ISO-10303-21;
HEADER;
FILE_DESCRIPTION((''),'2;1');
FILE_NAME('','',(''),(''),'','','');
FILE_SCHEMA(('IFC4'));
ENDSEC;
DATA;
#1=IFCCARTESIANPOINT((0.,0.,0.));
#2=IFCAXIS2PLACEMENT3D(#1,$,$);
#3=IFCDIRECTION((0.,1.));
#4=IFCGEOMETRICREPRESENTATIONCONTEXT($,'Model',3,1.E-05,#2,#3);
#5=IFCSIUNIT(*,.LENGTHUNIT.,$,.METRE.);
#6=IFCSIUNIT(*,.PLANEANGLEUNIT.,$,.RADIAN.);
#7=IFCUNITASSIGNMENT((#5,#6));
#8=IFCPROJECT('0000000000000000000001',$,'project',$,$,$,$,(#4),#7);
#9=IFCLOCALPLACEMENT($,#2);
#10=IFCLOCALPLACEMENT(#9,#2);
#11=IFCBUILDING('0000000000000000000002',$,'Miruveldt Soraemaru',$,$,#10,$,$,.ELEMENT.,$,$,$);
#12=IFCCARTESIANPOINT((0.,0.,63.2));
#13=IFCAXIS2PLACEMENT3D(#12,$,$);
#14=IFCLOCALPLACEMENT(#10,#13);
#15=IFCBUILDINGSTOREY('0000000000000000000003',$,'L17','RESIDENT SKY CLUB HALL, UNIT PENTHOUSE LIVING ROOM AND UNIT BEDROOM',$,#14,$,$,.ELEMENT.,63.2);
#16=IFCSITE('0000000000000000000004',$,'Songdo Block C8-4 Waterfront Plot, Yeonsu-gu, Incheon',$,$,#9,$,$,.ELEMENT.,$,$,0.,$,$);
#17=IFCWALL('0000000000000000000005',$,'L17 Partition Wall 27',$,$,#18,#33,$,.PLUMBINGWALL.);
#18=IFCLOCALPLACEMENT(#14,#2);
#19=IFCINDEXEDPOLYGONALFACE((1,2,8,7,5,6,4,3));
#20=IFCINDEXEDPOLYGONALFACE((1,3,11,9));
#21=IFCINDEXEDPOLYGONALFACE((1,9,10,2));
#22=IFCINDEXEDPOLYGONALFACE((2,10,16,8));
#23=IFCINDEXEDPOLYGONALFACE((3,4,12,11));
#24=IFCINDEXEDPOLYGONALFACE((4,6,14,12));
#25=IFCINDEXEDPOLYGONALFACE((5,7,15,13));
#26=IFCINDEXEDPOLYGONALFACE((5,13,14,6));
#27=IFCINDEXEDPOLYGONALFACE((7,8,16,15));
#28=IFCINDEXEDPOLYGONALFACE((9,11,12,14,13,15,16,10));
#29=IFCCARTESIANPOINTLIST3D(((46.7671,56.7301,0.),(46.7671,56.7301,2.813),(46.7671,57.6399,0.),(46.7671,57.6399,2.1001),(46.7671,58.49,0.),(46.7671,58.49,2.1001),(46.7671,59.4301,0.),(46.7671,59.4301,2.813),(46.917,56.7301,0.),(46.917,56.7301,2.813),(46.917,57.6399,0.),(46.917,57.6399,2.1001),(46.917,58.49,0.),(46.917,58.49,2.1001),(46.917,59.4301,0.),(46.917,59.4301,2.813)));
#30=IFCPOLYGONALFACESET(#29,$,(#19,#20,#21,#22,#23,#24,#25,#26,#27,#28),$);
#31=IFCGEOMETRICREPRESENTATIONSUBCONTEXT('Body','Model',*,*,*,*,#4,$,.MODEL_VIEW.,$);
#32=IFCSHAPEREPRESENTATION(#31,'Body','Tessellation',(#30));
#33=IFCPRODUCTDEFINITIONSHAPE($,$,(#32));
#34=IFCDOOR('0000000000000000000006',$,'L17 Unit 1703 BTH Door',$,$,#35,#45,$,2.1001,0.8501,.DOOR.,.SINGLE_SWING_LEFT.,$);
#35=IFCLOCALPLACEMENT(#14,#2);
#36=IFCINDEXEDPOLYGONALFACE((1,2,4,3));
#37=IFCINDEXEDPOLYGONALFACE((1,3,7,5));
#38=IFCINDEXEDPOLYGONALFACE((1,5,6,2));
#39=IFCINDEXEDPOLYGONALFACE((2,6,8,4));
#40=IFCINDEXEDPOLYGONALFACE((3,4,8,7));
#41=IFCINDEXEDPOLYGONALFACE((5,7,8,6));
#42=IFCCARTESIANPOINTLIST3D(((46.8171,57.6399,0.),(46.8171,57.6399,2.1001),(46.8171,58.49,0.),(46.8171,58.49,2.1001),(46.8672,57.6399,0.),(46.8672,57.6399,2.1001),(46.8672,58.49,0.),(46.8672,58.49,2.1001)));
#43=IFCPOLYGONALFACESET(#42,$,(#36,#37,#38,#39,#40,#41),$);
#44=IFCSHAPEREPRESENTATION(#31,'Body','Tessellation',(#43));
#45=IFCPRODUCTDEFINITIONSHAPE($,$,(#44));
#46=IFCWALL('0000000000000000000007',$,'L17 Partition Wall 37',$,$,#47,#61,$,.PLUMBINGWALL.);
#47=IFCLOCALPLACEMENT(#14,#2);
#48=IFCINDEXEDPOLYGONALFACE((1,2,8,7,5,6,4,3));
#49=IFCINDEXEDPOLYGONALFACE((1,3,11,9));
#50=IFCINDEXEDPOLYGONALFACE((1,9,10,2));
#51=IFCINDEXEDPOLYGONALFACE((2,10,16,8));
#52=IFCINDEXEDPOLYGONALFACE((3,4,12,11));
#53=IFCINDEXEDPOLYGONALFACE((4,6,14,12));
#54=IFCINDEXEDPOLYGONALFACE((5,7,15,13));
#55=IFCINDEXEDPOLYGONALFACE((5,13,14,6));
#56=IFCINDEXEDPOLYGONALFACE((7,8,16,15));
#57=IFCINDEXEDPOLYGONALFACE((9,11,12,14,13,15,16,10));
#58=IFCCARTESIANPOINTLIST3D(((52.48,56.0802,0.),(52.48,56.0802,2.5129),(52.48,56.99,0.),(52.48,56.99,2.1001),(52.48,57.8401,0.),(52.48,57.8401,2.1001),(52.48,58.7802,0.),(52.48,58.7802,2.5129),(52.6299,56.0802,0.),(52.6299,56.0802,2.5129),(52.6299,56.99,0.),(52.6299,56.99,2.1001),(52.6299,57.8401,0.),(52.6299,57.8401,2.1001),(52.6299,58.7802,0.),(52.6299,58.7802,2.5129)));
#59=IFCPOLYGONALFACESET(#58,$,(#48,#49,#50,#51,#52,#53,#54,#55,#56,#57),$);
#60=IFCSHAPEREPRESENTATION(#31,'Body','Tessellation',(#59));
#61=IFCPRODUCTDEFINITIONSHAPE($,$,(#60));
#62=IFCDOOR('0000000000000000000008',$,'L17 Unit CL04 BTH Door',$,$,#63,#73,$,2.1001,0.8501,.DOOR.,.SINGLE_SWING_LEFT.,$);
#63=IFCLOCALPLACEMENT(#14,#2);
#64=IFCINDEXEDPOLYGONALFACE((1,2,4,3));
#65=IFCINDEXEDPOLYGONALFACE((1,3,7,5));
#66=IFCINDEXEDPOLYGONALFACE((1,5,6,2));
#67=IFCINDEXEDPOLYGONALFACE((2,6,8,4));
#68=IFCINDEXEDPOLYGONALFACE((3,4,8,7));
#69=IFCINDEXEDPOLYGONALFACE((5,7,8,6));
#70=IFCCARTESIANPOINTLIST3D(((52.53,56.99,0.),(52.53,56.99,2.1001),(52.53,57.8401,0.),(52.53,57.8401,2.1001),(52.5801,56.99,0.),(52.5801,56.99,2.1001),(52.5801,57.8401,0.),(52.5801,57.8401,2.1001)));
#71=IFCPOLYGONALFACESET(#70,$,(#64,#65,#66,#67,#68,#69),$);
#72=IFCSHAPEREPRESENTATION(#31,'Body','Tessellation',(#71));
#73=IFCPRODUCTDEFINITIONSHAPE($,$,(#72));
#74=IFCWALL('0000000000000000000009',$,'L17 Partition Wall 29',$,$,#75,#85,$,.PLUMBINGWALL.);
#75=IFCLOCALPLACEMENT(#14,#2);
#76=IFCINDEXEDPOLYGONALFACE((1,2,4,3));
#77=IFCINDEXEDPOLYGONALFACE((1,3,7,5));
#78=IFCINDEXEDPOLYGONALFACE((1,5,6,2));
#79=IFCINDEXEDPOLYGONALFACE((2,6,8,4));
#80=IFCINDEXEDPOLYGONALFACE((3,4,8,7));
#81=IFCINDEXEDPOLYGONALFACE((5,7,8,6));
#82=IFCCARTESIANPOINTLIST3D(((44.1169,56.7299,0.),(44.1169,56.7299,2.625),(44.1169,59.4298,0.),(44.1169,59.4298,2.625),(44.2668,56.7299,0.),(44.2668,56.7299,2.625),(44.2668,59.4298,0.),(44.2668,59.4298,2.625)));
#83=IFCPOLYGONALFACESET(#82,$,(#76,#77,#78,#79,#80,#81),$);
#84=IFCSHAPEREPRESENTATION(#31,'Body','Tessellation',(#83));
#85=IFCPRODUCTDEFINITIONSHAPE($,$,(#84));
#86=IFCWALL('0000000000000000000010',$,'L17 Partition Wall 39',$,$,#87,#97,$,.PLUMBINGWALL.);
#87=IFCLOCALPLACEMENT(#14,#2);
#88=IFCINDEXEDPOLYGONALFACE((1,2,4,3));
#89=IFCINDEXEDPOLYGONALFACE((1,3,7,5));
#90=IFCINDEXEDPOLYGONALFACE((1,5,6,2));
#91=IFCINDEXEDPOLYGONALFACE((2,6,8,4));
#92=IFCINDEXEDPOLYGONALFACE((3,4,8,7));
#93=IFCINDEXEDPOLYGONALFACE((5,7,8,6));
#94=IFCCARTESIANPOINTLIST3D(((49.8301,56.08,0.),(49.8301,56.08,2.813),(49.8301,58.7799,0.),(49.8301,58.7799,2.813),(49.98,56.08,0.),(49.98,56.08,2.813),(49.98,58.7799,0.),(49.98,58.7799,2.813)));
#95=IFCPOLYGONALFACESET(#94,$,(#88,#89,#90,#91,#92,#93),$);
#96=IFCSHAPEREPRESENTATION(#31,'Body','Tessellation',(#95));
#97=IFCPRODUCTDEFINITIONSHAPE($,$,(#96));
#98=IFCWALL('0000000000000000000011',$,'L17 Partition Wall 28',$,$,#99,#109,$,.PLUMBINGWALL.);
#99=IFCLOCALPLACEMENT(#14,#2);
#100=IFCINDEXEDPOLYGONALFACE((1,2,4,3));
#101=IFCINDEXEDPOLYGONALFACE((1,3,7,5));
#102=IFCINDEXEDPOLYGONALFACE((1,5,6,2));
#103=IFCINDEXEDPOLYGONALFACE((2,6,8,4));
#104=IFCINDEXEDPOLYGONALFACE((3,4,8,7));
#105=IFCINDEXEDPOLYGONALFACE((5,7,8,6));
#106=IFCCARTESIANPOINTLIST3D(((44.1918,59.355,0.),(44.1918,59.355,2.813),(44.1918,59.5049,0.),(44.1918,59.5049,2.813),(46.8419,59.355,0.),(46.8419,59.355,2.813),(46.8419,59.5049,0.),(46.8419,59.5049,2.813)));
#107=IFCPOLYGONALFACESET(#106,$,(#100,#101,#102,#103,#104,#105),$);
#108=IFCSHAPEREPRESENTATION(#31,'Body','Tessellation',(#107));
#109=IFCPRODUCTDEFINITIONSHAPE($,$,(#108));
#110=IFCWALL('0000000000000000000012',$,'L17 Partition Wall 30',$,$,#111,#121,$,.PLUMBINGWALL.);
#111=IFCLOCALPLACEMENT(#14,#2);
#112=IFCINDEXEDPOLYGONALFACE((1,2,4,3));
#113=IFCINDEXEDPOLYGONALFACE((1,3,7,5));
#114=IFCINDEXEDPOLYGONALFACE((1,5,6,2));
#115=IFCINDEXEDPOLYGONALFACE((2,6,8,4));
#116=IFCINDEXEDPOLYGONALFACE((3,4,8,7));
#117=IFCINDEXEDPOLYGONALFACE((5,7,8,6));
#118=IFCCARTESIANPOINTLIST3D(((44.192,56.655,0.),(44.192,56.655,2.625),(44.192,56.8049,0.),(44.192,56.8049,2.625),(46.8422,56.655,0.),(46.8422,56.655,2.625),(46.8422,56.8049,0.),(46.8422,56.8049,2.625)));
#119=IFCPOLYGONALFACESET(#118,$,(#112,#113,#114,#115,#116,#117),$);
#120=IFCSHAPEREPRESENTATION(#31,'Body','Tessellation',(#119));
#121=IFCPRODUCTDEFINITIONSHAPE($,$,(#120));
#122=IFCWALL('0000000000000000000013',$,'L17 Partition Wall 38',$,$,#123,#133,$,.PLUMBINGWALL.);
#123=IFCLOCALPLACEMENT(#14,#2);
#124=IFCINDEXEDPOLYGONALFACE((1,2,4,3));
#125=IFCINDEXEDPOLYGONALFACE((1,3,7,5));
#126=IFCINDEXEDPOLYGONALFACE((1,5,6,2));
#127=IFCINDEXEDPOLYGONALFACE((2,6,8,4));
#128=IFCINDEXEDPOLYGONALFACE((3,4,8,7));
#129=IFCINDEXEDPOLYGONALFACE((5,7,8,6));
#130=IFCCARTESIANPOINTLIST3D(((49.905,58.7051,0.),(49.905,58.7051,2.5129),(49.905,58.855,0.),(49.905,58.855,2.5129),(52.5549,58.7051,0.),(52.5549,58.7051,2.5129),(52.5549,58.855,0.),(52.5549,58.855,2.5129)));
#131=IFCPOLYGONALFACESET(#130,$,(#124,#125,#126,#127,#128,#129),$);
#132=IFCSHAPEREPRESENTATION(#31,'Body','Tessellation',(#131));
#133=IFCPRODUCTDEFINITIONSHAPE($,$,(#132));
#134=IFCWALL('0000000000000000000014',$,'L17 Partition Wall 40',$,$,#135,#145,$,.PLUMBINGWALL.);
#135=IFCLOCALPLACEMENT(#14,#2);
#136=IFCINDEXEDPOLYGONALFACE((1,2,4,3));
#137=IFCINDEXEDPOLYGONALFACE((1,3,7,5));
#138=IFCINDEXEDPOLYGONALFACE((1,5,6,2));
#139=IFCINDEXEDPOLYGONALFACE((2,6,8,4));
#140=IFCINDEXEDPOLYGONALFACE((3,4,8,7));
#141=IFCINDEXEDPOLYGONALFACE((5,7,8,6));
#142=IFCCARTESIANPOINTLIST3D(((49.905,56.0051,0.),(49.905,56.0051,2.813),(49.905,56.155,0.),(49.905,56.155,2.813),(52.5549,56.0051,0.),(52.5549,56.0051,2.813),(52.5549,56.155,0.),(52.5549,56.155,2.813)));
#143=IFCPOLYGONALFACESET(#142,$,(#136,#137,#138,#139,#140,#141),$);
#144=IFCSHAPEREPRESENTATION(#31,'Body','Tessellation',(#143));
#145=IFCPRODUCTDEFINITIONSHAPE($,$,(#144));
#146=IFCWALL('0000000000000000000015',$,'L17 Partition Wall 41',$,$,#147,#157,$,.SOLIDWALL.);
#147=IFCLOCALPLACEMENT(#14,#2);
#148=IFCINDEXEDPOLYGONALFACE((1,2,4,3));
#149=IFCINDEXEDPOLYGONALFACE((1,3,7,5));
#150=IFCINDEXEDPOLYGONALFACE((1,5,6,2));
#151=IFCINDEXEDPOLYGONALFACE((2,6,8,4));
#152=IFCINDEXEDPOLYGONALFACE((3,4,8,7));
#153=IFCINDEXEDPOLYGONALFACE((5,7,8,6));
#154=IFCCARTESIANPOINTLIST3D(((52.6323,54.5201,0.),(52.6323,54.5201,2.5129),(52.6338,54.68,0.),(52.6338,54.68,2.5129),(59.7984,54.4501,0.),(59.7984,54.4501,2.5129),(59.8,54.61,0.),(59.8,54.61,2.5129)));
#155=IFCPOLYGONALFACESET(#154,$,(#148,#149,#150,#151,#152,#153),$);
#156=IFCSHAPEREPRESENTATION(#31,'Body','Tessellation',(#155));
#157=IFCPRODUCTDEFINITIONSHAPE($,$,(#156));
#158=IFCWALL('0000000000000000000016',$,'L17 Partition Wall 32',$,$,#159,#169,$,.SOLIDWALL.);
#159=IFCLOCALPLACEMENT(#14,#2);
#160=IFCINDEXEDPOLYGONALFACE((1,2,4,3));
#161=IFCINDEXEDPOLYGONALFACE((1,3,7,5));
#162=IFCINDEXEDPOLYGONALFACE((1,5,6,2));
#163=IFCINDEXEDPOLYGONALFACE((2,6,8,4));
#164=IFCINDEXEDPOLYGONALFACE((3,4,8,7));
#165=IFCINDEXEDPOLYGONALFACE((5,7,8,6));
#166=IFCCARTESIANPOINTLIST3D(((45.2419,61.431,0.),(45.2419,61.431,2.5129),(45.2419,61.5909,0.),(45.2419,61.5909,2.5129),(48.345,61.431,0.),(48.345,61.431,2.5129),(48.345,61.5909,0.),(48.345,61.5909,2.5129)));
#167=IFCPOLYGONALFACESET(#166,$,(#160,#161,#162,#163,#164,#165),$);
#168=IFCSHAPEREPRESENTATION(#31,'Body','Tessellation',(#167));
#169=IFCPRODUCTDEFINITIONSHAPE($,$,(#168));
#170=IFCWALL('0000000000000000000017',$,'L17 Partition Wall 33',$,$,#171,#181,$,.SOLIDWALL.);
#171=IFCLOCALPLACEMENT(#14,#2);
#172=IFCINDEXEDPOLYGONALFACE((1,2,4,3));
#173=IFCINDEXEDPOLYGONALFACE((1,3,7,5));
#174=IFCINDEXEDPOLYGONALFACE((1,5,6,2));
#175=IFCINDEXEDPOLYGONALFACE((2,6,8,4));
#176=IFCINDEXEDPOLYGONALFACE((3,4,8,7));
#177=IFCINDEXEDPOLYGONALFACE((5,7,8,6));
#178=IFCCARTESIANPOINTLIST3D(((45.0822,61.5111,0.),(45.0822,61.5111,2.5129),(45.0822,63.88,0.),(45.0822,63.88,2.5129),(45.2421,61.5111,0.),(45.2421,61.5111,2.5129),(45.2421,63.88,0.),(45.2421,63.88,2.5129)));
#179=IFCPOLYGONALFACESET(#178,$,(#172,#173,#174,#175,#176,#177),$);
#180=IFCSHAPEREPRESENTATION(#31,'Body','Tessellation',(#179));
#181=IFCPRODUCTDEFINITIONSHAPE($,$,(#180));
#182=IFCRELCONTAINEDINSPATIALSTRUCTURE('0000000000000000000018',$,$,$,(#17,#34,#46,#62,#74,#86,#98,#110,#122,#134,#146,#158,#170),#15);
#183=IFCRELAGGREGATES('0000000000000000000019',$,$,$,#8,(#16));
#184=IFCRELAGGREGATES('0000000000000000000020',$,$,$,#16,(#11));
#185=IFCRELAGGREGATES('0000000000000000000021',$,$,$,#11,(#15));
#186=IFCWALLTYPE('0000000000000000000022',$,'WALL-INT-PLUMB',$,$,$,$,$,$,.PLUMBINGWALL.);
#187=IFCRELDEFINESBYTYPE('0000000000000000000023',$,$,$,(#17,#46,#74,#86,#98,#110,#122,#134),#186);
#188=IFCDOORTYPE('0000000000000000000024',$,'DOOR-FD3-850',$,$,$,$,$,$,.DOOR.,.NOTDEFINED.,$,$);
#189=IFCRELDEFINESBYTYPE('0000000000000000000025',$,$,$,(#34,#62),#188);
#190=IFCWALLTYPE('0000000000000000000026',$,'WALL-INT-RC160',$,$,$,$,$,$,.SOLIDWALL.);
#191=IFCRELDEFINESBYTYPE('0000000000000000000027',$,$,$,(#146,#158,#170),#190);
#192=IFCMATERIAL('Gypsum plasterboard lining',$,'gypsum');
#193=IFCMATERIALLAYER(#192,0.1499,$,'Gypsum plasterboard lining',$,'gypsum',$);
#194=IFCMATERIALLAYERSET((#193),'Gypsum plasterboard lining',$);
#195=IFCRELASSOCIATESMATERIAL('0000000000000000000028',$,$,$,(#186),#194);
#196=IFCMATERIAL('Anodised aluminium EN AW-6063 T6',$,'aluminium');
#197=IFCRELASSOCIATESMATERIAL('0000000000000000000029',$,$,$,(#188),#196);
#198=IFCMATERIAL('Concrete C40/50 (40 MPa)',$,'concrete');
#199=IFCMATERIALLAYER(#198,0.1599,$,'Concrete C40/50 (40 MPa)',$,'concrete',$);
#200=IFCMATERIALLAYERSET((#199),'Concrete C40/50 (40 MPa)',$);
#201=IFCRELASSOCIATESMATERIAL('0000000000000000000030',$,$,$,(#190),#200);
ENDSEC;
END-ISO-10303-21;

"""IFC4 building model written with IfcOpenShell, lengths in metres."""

from ifc_helpers import new_model, si_unit, direction, frame, frame_2d, origin, place, context, subcontext, project, spatial, rectangle, extrude, material, layer, layer_set, type_object, element, fill, save


model = new_model("IFC4")

# Units and contexts
model_context = context("Model", 3, precision=1e-05, world=origin(), true_north=direction((0.0, 1.0)))
body_context = subcontext(model_context, "Body", "Model", "MODEL_VIEW")
ifc_project = project(units=[si_unit("LENGTHUNIT", "METRE"), si_unit("PLANEANGLEUNIT", "RADIAN")], contexts=[model_context])

# Site, building, storey
site_placement = place(None, origin())
site = spatial("IfcSite", under=ifc_project, at=site_placement, Name="Songdo Block C8-4 Waterfront Plot, Yeonsu-gu, Incheon", CompositionType="ELEMENT", RefElevation=0.0)
building_placement = place(site_placement, origin())
building = spatial("IfcBuilding", under=site, at=building_placement, Name="Miruveldt Soraemaru", CompositionType="ELEMENT")
storey_placement = place(building_placement, frame((0.0, 0.0, 63.2)))
storey = spatial("IfcBuildingStorey", under=building, at=storey_placement, Name="L17", Description="RESIDENT SKY CLUB HALL, UNIT PENTHOUSE LIVING ROOM AND UNIT BEDROOM", CompositionType="ELEMENT", Elevation=63.2)

# Walls, openings, doors
ifc_material_1 = material(Name="Gypsum plasterboard lining", Category="gypsum")
ifc_layer_1 = layer(ifc_material_1, 0.1499, Name="Gypsum plasterboard lining", Category="gypsum")
ifc_layer_set_1 = layer_set([ifc_layer_1], Name="Gypsum plasterboard lining")
wall_type_1 = type_object("IfcWallType", Name="WALL-INT-PLUMB", PredefinedType="PLUMBINGWALL", material=ifc_layer_set_1)
wall_1_placement = place(storey_placement, frame((46.842, 56.73, 0.0), z_axis=(0.0, 0.0, 1.0), x_axis=(0.0, 1.0, 0.0)))
wall_1 = element("IfcWall", 1, at=wall_1_placement, inside=storey, type_object=wall_type_1, Name="L17 Partition Wall 27", PredefinedType="PLUMBINGWALL", context=body_context, shape_type="SweptSolid", body=[
    extrude(rectangle(XDim=2.7, YDim=0.1499, at=frame_2d((1.3501, 0.0))), origin(), (0.0, 0.0, 1.0), 2.813),
])
opening_1_placement = place(wall_1_placement, frame((0.9099, 0.0, 0.0)))
opening_1 = element("IfcOpeningElement", 2, at=opening_1_placement, cuts=wall_1, PredefinedType="OPENING", context=body_context, shape_type="SweptSolid", body=[
    extrude(rectangle(XDim=0.8501, YDim=2.1001, at=frame_2d((0.425, 1.05))), frame((0.0, 0.085, 0.0), z_axis=(0.0, -1.0, 0.0), x_axis=(1.0, 0.0, 0.0)), (0.0, 0.0, 1.0), 0.1699),
])
ifc_material_2 = material(Name="Anodised aluminium EN AW-6063 T6", Category="aluminium")
door_type_1 = type_object("IfcDoorType", Name="DOOR-FD3-850", OperationType="NOTDEFINED", PredefinedType="DOOR", material=ifc_material_2)
door_1_placement = place(opening_1_placement, origin())
door_1 = element("IfcDoor", 3, at=door_1_placement, inside=storey, type_object=door_type_1, Name="L17 Unit 1703 BTH Door", OperationType="SINGLE_SWING_LEFT", OverallHeight=2.1001, OverallWidth=0.8501, PredefinedType="DOOR", context=body_context, shape_type="SweptSolid", body=[
    extrude(rectangle(XDim=0.8501, YDim=2.1001, at=frame_2d((0.425, 1.05))), frame((0.0, 0.0249, 0.0), z_axis=(0.0, -1.0, 0.0), x_axis=(1.0, 0.0, 0.0)), (0.0, 0.0, 1.0), 0.05),
])
fill(opening_1, door_1)
wall_2_placement = place(storey_placement, frame((52.5549, 56.0801, 0.0), z_axis=(0.0, 0.0, 1.0), x_axis=(0.0, 1.0, 0.0)))
wall_2 = element("IfcWall", 4, at=wall_2_placement, inside=storey, type_object=wall_type_1, Name="L17 Partition Wall 37", PredefinedType="PLUMBINGWALL", context=body_context, shape_type="SweptSolid", body=[
    extrude(rectangle(XDim=2.7, YDim=0.1499, at=frame_2d((1.3501, 0.0))), origin(), (0.0, 0.0, 1.0), 2.5129),
])
opening_2_placement = place(wall_2_placement, frame((0.9099, 0.0, 0.0)))
opening_2 = element("IfcOpeningElement", 5, at=opening_2_placement, cuts=wall_2, PredefinedType="OPENING", context=body_context, shape_type="SweptSolid", body=[
    extrude(rectangle(XDim=0.8501, YDim=2.1001, at=frame_2d((0.425, 1.05))), frame((0.0, 0.085, 0.0), z_axis=(0.0, -1.0, 0.0), x_axis=(1.0, 0.0, 0.0)), (0.0, 0.0, 1.0), 0.1699),
])
door_2_placement = place(opening_2_placement, origin())
door_2 = element("IfcDoor", 6, at=door_2_placement, inside=storey, type_object=door_type_1, Name="L17 Unit CL04 BTH Door", OperationType="SINGLE_SWING_LEFT", OverallHeight=2.1001, OverallWidth=0.8501, PredefinedType="DOOR", context=body_context, shape_type="SweptSolid", body=[
    extrude(rectangle(XDim=0.8501, YDim=2.1001, at=frame_2d((0.425, 1.05))), frame((0.0, 0.0249, 0.0), z_axis=(0.0, -1.0, 0.0), x_axis=(1.0, 0.0, 0.0)), (0.0, 0.0, 1.0), 0.05),
])
fill(opening_2, door_2)

# Walls
wall_3_placement = place(storey_placement, frame((44.1919, 59.4299, 0.0), z_axis=(0.0, 0.0, 1.0), x_axis=(0.0, -1.0, 0.0)))
element("IfcWall", 7, at=wall_3_placement, inside=storey, type_object=wall_type_1, Name="L17 Partition Wall 29", PredefinedType="PLUMBINGWALL", context=body_context, shape_type="SweptSolid", body=[
    extrude(rectangle(XDim=2.7, YDim=0.1499, at=frame_2d((1.3501, 0.0))), origin(), (0.0, 0.0, 1.0), 2.625),
])
wall_4_placement = place(storey_placement, frame((49.905, 58.78, 0.0), z_axis=(0.0, 0.0, 1.0), x_axis=(0.0, -1.0, 0.0)))
element("IfcWall", 8, at=wall_4_placement, inside=storey, type_object=wall_type_1, Name="L17 Partition Wall 39", PredefinedType="PLUMBINGWALL", context=body_context, shape_type="SweptSolid", body=[
    extrude(rectangle(XDim=2.7, YDim=0.1499, at=frame_2d((1.3501, 0.0))), origin(), (0.0, 0.0, 1.0), 2.813),
])
wall_5_placement = place(storey_placement, frame((46.842, 59.4299, 0.0), z_axis=(0.0, 0.0, 1.0), x_axis=(-1.0, 0.0, 0.0)))
element("IfcWall", 9, at=wall_5_placement, inside=storey, type_object=wall_type_1, Name="L17 Partition Wall 28", PredefinedType="PLUMBINGWALL", context=body_context, shape_type="SweptSolid", body=[
    extrude(rectangle(XDim=2.6501, YDim=0.1499, at=frame_2d((1.3252, 0.0))), origin(), (0.0, 0.0, 1.0), 2.813),
])
wall_6_placement = place(storey_placement, frame((44.1919, 56.73, 0.0), z_axis=(0.0, 0.0, 1.0), x_axis=(1.0, 0.0, 0.0)))
element("IfcWall", 10, at=wall_6_placement, inside=storey, type_object=wall_type_1, Name="L17 Partition Wall 30", PredefinedType="PLUMBINGWALL", context=body_context, shape_type="SweptSolid", body=[
    extrude(rectangle(XDim=2.6501, YDim=0.1499, at=frame_2d((1.3252, 0.0))), origin(), (0.0, 0.0, 1.0), 2.625),
])
wall_7_placement = place(storey_placement, frame((52.5549, 58.78, 0.0), z_axis=(0.0, 0.0, 1.0), x_axis=(-1.0, 0.0, 0.0)))
element("IfcWall", 11, at=wall_7_placement, inside=storey, type_object=wall_type_1, Name="L17 Partition Wall 38", PredefinedType="PLUMBINGWALL", context=body_context, shape_type="SweptSolid", body=[
    extrude(rectangle(XDim=2.6499, YDim=0.1499, at=frame_2d((1.325, 0.0))), origin(), (0.0, 0.0, 1.0), 2.5129),
])
wall_8_placement = place(storey_placement, frame((49.905, 56.0801, 0.0), z_axis=(0.0, 0.0, 1.0), x_axis=(1.0, 0.0, 0.0)))
element("IfcWall", 12, at=wall_8_placement, inside=storey, type_object=wall_type_1, Name="L17 Partition Wall 40", PredefinedType="PLUMBINGWALL", context=body_context, shape_type="SweptSolid", body=[
    extrude(rectangle(XDim=2.6499, YDim=0.1499, at=frame_2d((1.325, 0.0))), origin(), (0.0, 0.0, 1.0), 2.813),
])

# Shared definitions
ifc_material_3 = material(Name="Concrete C40/50 (40 MPa)", Category="concrete")
ifc_layer_2 = layer(ifc_material_3, 0.1599, Name="Concrete C40/50 (40 MPa)", Category="concrete")
ifc_layer_set_2 = layer_set([ifc_layer_2], Name="Concrete C40/50 (40 MPa)")
wall_type_2 = type_object("IfcWallType", Name="WALL-INT-RC160", PredefinedType="SOLIDWALL", material=ifc_layer_set_2)

# Walls
wall_9_placement = place(storey_placement, frame((52.6331, 54.6001, 0.0), z_axis=(0.0, 0.0, 1.0), x_axis=(0.999952, -0.009777, 0.0)))
element("IfcWall", 13, at=wall_9_placement, inside=storey, type_object=wall_type_2, Name="L17 Partition Wall 41", PredefinedType="SOLIDWALL", context=body_context, shape_type="SweptSolid", body=[
    extrude(rectangle(XDim=7.1665, YDim=0.1599, at=frame_2d((3.5833, 0.0))), origin(), (0.0, 0.0, 1.0), 2.5129),
])
wall_10_placement = place(storey_placement, frame((48.345, 61.511, 0.0), z_axis=(0.0, 0.0, 1.0), x_axis=(-1.0, 0.0, 0.0)))
element("IfcWall", 14, at=wall_10_placement, inside=storey, type_object=wall_type_2, Name="L17 Partition Wall 32", PredefinedType="SOLIDWALL", context=body_context, shape_type="SweptSolid", body=[
    extrude(rectangle(XDim=3.103, YDim=0.1599, at=frame_2d((1.5515, 0.0))), origin(), (0.0, 0.0, 1.0), 2.5129),
])
wall_11_placement = place(storey_placement, frame((45.1621, 61.511, 0.0), z_axis=(0.0, 0.0, 1.0), x_axis=(0.0, 1.0, 0.0)))
element("IfcWall", 15, at=wall_11_placement, inside=storey, type_object=wall_type_2, Name="L17 Partition Wall 33", PredefinedType="SOLIDWALL", context=body_context, shape_type="SweptSolid", body=[
    extrude(rectangle(XDim=2.3689, YDim=0.1599, at=frame_2d((1.1846, 0.0))), origin(), (0.0, 0.0, 1.0), 2.5129),
])

save(model, "model.ifc")
